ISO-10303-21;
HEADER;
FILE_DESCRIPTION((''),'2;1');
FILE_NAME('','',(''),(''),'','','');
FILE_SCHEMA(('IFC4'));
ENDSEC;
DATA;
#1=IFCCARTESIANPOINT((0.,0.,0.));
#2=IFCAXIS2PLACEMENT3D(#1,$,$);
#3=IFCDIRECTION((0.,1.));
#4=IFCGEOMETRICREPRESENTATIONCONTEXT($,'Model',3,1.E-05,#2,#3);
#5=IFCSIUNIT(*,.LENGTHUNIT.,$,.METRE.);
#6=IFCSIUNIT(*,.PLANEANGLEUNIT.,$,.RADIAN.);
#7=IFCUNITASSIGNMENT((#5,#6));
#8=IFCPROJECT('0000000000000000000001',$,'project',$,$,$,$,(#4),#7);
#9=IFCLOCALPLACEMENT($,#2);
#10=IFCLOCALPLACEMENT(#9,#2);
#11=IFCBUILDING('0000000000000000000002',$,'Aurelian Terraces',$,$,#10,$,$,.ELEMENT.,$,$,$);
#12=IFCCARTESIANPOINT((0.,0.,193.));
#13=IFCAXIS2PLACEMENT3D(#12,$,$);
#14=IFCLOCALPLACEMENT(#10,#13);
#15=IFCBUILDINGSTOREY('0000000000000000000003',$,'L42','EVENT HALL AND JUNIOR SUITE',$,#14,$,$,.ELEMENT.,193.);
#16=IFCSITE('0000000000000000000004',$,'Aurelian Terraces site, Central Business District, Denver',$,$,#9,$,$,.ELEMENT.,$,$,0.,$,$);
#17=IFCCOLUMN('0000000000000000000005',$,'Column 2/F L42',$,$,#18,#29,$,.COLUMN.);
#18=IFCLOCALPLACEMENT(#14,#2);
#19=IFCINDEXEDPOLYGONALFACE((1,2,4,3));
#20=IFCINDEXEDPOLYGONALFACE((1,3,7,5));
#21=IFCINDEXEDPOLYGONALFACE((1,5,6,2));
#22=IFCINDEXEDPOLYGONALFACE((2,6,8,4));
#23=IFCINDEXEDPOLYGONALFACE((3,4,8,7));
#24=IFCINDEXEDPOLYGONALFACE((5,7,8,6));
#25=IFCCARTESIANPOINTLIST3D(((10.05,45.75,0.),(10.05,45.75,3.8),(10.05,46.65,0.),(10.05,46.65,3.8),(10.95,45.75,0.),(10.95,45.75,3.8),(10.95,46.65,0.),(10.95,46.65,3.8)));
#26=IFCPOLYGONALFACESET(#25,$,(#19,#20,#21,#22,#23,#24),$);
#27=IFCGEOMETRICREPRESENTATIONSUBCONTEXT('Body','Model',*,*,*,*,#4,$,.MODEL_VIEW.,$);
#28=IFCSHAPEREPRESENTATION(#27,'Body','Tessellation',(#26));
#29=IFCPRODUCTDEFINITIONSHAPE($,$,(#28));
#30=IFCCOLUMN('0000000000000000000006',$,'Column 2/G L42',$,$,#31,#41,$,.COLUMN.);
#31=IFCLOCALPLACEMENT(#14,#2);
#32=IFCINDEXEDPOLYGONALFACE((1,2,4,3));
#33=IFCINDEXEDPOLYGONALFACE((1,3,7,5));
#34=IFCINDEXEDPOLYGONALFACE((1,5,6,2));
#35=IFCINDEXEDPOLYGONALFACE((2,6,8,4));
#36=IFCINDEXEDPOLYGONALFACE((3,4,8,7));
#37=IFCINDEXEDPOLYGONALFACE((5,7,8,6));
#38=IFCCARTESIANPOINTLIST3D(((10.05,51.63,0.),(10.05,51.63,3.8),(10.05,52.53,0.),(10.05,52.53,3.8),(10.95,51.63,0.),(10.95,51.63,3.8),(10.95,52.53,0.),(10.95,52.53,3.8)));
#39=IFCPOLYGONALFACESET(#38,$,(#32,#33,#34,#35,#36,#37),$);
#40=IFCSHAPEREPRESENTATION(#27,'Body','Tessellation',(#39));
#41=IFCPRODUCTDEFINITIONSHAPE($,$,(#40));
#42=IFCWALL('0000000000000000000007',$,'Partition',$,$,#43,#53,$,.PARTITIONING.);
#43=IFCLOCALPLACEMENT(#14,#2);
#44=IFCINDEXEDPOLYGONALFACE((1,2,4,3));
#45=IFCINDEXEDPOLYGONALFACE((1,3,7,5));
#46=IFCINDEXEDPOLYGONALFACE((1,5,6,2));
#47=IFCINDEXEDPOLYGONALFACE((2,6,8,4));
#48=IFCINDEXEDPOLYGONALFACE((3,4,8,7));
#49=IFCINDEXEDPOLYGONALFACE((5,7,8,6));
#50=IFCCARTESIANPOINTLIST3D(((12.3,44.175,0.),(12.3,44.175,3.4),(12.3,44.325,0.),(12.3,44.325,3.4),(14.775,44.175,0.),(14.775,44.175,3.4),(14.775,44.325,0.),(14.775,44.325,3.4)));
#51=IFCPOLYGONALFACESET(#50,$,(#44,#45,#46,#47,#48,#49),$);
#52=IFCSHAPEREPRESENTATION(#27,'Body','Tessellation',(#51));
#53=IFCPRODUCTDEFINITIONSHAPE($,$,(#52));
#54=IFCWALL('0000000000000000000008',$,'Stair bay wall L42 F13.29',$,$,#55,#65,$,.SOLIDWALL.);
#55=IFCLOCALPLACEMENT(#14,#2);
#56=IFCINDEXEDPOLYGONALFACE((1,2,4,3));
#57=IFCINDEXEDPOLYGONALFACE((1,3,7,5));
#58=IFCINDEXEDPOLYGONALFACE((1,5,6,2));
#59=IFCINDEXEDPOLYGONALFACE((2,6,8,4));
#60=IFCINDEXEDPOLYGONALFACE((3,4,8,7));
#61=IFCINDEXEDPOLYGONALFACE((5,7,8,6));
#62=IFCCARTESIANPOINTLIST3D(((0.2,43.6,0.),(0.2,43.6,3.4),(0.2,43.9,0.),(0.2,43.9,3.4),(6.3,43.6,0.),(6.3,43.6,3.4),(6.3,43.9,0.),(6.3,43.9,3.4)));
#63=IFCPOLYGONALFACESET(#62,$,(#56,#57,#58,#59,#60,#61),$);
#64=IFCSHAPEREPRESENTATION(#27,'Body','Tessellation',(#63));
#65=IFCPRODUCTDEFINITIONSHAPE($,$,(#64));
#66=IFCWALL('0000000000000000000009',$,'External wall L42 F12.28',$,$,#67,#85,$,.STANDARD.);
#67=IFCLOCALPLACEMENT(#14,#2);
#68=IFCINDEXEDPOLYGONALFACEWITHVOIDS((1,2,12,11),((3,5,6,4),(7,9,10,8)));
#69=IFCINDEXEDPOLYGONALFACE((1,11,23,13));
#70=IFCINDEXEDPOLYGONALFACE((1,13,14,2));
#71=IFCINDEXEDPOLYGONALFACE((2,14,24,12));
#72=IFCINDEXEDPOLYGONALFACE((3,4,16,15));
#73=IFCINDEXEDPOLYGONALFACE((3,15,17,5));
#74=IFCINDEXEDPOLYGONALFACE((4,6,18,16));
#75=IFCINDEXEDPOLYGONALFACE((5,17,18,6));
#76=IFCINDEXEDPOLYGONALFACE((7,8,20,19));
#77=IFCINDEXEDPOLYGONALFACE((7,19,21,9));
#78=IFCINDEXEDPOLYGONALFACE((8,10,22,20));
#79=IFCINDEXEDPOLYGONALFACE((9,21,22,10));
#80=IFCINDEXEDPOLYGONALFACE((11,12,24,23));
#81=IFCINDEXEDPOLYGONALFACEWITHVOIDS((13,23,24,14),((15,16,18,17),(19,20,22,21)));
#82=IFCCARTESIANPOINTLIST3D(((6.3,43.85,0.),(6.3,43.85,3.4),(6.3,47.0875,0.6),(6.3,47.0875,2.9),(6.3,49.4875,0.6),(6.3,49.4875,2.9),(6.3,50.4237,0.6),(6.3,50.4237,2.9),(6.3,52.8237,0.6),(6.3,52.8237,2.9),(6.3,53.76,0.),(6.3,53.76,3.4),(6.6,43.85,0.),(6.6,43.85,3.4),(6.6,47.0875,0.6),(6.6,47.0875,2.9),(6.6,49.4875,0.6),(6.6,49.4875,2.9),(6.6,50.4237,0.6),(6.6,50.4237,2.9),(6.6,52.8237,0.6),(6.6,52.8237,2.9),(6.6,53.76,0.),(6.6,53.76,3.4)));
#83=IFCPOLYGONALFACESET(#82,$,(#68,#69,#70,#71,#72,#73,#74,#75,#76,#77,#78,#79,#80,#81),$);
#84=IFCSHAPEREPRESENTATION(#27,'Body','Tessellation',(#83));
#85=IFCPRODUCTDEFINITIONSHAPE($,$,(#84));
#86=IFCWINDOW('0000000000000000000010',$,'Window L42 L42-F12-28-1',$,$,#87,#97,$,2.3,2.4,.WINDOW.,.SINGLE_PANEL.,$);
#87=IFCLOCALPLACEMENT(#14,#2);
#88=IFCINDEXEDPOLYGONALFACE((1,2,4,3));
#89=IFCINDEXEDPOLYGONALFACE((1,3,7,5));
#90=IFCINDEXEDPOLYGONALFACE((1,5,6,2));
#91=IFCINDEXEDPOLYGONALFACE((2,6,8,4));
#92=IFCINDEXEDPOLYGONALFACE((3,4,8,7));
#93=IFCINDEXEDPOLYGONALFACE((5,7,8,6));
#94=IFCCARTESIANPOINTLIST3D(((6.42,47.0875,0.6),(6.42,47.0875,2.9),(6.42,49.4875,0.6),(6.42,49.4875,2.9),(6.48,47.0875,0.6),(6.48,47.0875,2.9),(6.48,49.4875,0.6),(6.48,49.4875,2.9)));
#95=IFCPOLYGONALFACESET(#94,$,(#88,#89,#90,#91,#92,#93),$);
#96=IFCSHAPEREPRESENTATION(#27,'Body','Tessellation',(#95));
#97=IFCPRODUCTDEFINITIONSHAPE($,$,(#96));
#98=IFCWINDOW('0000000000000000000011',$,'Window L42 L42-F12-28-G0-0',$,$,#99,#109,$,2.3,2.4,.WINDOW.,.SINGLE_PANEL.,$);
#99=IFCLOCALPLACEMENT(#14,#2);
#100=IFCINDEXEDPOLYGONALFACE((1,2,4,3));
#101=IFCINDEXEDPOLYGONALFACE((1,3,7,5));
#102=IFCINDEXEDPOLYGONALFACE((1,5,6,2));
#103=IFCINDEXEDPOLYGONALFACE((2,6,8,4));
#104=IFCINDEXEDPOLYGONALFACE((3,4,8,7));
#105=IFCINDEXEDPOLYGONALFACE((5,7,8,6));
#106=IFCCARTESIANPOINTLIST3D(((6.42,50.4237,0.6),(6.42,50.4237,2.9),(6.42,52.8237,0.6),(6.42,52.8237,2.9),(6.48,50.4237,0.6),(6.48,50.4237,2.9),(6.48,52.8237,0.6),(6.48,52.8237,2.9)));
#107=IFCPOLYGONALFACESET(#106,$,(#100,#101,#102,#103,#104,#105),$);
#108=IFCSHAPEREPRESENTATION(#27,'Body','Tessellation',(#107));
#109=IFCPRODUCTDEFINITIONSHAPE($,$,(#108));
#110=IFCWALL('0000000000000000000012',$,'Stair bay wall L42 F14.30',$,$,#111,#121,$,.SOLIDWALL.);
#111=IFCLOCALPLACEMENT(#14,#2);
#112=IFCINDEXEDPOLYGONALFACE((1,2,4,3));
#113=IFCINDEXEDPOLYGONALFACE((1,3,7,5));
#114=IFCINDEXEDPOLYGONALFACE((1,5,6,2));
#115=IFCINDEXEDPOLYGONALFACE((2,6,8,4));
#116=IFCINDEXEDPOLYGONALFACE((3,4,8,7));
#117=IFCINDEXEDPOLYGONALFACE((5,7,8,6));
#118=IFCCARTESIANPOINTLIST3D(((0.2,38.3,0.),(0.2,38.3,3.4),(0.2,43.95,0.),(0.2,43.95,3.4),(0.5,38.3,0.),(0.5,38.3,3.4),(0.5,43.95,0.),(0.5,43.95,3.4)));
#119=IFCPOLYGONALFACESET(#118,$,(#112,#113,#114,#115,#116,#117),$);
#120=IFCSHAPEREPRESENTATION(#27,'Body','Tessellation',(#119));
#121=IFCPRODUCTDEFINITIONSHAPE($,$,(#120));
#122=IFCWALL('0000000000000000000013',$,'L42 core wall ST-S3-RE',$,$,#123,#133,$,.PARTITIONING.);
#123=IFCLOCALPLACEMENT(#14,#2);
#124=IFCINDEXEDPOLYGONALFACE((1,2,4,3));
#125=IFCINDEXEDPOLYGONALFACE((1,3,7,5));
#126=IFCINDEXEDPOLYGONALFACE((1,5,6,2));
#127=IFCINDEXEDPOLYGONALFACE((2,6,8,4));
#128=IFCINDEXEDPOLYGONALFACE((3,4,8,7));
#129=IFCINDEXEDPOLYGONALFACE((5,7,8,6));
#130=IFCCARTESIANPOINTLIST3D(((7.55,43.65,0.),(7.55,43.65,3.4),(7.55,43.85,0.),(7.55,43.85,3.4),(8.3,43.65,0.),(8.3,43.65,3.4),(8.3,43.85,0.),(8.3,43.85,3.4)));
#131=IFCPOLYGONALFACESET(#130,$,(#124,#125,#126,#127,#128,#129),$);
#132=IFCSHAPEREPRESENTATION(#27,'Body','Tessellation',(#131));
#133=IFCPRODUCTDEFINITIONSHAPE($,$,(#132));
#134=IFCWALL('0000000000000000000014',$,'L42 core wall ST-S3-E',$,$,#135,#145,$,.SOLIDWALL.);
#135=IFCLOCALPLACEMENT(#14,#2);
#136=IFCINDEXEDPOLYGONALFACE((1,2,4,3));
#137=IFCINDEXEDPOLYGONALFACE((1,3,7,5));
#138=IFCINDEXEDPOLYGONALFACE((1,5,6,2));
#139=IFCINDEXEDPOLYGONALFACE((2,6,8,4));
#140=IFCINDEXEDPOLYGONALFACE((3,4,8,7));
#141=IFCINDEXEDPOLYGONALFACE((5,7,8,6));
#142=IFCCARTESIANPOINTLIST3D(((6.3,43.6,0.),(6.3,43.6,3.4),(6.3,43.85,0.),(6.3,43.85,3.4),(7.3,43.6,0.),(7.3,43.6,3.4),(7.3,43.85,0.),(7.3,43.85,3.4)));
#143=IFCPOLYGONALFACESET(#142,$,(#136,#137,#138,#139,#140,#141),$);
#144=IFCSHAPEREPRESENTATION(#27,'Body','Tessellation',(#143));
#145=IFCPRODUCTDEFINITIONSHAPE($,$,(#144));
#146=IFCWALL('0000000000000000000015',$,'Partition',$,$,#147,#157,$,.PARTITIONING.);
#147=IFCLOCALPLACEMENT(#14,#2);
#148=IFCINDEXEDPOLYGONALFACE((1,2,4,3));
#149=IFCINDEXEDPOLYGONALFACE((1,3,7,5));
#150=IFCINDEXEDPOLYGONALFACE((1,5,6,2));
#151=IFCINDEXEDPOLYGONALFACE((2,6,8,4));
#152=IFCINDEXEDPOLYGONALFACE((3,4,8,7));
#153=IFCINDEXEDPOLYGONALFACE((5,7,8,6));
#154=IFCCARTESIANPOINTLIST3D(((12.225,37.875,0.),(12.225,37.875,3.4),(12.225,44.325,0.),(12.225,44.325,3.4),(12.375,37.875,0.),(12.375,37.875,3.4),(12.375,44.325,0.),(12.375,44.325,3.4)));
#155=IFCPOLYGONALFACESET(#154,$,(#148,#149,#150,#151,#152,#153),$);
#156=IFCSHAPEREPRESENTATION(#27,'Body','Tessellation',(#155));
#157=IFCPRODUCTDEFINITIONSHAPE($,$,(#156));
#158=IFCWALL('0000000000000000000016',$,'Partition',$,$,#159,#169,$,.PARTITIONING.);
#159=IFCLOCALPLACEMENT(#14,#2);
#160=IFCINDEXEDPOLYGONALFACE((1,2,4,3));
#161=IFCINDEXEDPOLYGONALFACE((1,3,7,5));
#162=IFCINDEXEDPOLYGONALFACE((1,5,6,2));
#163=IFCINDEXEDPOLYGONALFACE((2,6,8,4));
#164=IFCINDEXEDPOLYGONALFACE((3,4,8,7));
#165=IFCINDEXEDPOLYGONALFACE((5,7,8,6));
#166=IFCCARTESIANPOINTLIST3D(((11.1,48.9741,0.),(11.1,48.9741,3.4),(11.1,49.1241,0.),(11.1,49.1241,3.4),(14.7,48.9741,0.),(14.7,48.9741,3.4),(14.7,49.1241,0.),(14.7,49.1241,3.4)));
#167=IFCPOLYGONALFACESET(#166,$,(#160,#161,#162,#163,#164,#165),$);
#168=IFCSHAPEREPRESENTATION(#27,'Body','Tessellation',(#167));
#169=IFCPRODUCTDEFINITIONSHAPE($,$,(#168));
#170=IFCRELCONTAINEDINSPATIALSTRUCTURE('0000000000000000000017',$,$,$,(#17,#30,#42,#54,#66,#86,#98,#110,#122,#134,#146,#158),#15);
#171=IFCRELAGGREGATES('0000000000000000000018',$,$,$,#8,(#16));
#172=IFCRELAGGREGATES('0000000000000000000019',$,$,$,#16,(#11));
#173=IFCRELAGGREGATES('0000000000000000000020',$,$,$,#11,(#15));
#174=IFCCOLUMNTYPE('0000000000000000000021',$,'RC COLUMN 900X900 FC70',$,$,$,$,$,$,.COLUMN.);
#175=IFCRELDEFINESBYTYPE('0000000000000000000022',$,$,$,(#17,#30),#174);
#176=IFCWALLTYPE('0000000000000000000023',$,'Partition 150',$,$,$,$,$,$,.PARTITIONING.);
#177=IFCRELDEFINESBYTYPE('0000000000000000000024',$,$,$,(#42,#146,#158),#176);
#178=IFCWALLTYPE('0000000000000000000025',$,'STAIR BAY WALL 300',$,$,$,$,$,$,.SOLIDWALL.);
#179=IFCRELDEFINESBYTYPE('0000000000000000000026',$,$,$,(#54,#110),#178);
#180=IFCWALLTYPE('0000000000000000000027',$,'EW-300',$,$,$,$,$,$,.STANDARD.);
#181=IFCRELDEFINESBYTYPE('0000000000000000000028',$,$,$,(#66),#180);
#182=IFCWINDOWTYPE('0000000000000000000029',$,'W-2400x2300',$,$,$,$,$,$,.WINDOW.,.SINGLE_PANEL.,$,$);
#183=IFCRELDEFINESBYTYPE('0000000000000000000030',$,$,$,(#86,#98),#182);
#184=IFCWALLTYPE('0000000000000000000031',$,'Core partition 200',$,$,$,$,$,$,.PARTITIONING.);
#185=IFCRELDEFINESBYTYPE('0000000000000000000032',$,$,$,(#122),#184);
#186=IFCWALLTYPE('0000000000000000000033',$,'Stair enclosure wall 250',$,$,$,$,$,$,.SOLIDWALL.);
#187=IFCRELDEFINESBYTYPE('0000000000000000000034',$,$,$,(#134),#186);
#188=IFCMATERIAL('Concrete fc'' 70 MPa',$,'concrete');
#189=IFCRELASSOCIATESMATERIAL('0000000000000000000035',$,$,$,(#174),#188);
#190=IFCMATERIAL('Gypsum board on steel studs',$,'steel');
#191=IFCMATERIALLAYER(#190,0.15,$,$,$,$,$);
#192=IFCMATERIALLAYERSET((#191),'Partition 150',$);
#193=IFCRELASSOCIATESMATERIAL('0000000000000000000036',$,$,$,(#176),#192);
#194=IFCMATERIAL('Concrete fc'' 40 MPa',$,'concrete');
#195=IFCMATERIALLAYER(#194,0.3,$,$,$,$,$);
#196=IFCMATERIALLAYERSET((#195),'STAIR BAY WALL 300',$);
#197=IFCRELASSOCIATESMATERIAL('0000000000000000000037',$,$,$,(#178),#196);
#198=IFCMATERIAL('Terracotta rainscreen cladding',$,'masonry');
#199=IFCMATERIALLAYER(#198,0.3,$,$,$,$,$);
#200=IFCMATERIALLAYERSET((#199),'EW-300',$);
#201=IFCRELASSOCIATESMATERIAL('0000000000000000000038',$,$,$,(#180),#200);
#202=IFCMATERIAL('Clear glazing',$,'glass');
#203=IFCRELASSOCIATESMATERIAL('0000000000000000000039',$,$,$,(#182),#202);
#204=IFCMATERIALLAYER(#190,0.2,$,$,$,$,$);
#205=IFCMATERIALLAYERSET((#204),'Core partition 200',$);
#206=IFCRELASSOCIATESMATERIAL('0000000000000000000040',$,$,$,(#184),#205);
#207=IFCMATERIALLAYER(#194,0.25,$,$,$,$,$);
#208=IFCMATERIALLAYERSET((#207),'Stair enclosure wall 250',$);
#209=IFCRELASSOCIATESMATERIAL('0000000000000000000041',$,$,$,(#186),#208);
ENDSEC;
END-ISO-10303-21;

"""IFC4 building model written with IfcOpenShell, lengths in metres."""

from ifc_helpers import new_model, si_unit, direction, frame, frame_2d, origin, origin_2d, place, context, subcontext, project, spatial, rectangle, extrude, source, transform, mapped, material, layer, layer_set, material_profile, profile_set, type_object, element, fill, save


model = new_model("IFC4")

# Units and contexts
model_context = context("Model", 3, precision=1e-05, world=origin(), true_north=direction((0.0, 1.0)))
body_context = subcontext(model_context, "Body", "Model", "MODEL_VIEW")
ifc_project = project(units=[si_unit("LENGTHUNIT", "METRE"), si_unit("PLANEANGLEUNIT", "RADIAN")], contexts=[model_context])

# Site, building, storey
site_placement = place(None, origin())
site = spatial("IfcSite", under=ifc_project, at=site_placement, Name="Aurelian Terraces site, Central Business District, Denver", CompositionType="ELEMENT", RefElevation=0.0)
building_placement = place(site_placement, origin())
building = spatial("IfcBuilding", under=site, at=building_placement, Name="Aurelian Terraces", CompositionType="ELEMENT")
storey_placement = place(building_placement, frame((0.0, 0.0, 193.0)))
storey = spatial("IfcBuildingStorey", under=building, at=storey_placement, Name="L42", Description="EVENT HALL AND JUNIOR SUITE", CompositionType="ELEMENT", Elevation=193.0)

# Columns
ifc_material_1 = material(Name="Concrete fc' 70 MPa", Category="concrete")
ifc_material_profile = material_profile(ifc_material_1, rectangle(XDim=0.9, YDim=0.9, at=origin_2d()))
ifc_profile_set = profile_set([ifc_material_profile], Name="Concrete fc' 70 MPa")
column_type = type_object("IfcColumnType", Name="RC COLUMN 900X900 FC70", PredefinedType="COLUMN", material=ifc_profile_set)
shared_shape_1 = source(origin(), body_context, "Body", "SweptSolid", [
    extrude(rectangle(XDim=0.9, YDim=0.9, at=origin_2d()), origin(), (0.0, 0.0, 1.0), 3.8),
])
for number, where, z_axis, x_axis, name in (
    (1, (10.5, 46.2, 0.0), (0.0, 0.0, 1.0), (1.0, 0.0, 0.0), "Column 2/F L42"),
    (2, (10.5, 52.08, 0.0), (0.0, 0.0, 1.0), (1.0, 0.0, 0.0), "Column 2/G L42"),
):
    element("IfcColumn", number, at=place(storey_placement, frame(where, z_axis=z_axis, x_axis=x_axis)), inside=storey, type_object=column_type, Name=name, PredefinedType="COLUMN", context=body_context, shape_type="MappedRepresentation", body=[
        mapped(shared_shape_1, transform((0.0, 0.0, 0.0), scale=1.0)),
    ])

# Walls
ifc_material_2 = material(Name="Gypsum board on steel studs", Category="steel")
ifc_layer_1 = layer(ifc_material_2, 0.15)
ifc_layer_set_1 = layer_set([ifc_layer_1], Name="Partition 150")
wall_type_1 = type_object("IfcWallType", Name="Partition 150", PredefinedType="PARTITIONING", material=ifc_layer_set_1)
wall_1_placement = place(storey_placement, frame((14.775, 44.25, 0.0), z_axis=(0.0, 0.0, 1.0), x_axis=(-1.0, 0.0, 0.0)))
element("IfcWall", 3, at=wall_1_placement, inside=storey, type_object=wall_type_1, Name="Partition", PredefinedType="PARTITIONING", context=body_context, shape_type="SweptSolid", body=[
    extrude(rectangle(XDim=2.475, YDim=0.15, at=frame_2d((1.2375, 0.0))), origin(), (0.0, 0.0, 1.0), 3.4),
])
ifc_material_3 = material(Name="Concrete fc' 40 MPa", Category="concrete")
ifc_layer_2 = layer(ifc_material_3, 0.3)
ifc_layer_set_2 = layer_set([ifc_layer_2], Name="STAIR BAY WALL 300")
wall_type_2 = type_object("IfcWallType", Name="STAIR BAY WALL 300", PredefinedType="SOLIDWALL", material=ifc_layer_set_2)
shared_shape_2 = source(origin(), body_context, "Body", "SweptSolid", [
    extrude(rectangle(XDim=6.1, YDim=0.3, at=frame_2d((3.05, 0.0))), origin(), (0.0, 0.0, 1.0), 3.4),
])
wall_2_placement = place(storey_placement, frame((6.3, 43.75, 0.0), z_axis=(0.0, 0.0, 1.0), x_axis=(-1.0, 0.0, 0.0)))
element("IfcWall", 4, at=wall_2_placement, inside=storey, type_object=wall_type_2, Name="Stair bay wall L42 F13.29", PredefinedType="SOLIDWALL", context=body_context, shape_type="MappedRepresentation", body=[
    mapped(shared_shape_2, transform((0.0, 0.0, 0.0), scale=1.0)),
])

# Wall, openings, windows
ifc_material_4 = material(Name="Terracotta rainscreen cladding", Category="masonry")
ifc_layer_3 = layer(ifc_material_4, 0.3)
ifc_layer_set_3 = layer_set([ifc_layer_3], Name="EW-300")
wall_type_3 = type_object("IfcWallType", Name="EW-300", PredefinedType="STANDARD", material=ifc_layer_set_3)
shared_shape_3 = source(origin(), body_context, "Body", "SweptSolid", [
    extrude(rectangle(XDim=9.91, YDim=0.3, at=frame_2d((4.955, 0.0))), origin(), (0.0, 0.0, 1.0), 3.4),
])
wall_3_placement = place(storey_placement, frame((6.45, 53.76, 0.0), z_axis=(0.0, 0.0, 1.0), x_axis=(0.0, -1.0, 0.0)))
wall_3 = element("IfcWall", 5, at=wall_3_placement, inside=storey, type_object=wall_type_3, Name="External wall L42 F12.28", PredefinedType="STANDARD", context=body_context, shape_type="MappedRepresentation", body=[
    mapped(shared_shape_3, transform((0.0, 0.0, 0.0), scale=1.0)),
])
shared_shape_4 = source(origin(), body_context, "Body", "SweptSolid", [
    extrude(rectangle(XDim=2.4, YDim=2.3, at=frame_2d((1.2, 1.15))), frame((0.0, 0.16, 0.0), z_axis=(0.0, -1.0, 0.0), x_axis=(1.0, 0.0, 0.0)), (0.0, 0.0, 1.0), 0.32),
])
opening_1_placement = place(wall_3_placement, frame((4.2725, 0.0, 0.6)))
opening_1 = element("IfcOpeningElement", 6, at=opening_1_placement, cuts=wall_3, PredefinedType="OPENING", context=body_context, shape_type="MappedRepresentation", body=[
    mapped(shared_shape_4, transform((0.0, 0.0, 0.0), scale=1.0)),
])
opening_2_placement = place(wall_3_placement, frame((0.9363, 0.0, 0.6)))
opening_2 = element("IfcOpeningElement", 7, at=opening_2_placement, cuts=wall_3, PredefinedType="OPENING", context=body_context, shape_type="MappedRepresentation", body=[
    mapped(shared_shape_4, transform((0.0, 0.0, 0.0), scale=1.0)),
])
ifc_material_5 = material(Name="Clear glazing", Category="glass")
window_type = type_object("IfcWindowType", Name="W-2400x2300", PartitioningType="SINGLE_PANEL", PredefinedType="WINDOW", material=ifc_material_5)
shared_shape_5 = source(origin(), body_context, "Body", "SweptSolid", [
    extrude(rectangle(XDim=2.4, YDim=2.3, at=frame_2d((1.2, 1.15))), frame((0.0, 0.03, 0.0), z_axis=(0.0, -1.0, 0.0), x_axis=(1.0, 0.0, 0.0)), (0.0, 0.0, 1.0), 0.06),
])
window_1_placement = place(opening_1_placement, origin())
window_1 = element("IfcWindow", 8, at=window_1_placement, inside=storey, type_object=window_type, Name="Window L42 L42-F12-28-1", OverallHeight=2.3, OverallWidth=2.4, PartitioningType="SINGLE_PANEL", PredefinedType="WINDOW", context=body_context, shape_type="MappedRepresentation", body=[
    mapped(shared_shape_5, transform((0.0, 0.0, 0.0), scale=1.0)),
])
fill(opening_1, window_1)
window_2_placement = place(opening_2_placement, origin())
window_2 = element("IfcWindow", 9, at=window_2_placement, inside=storey, type_object=window_type, Name="Window L42 L42-F12-28-G0-0", OverallHeight=2.3, OverallWidth=2.4, PartitioningType="SINGLE_PANEL", PredefinedType="WINDOW", context=body_context, shape_type="MappedRepresentation", body=[
    mapped(shared_shape_5, transform((0.0, 0.0, 0.0), scale=1.0)),
])
fill(opening_2, window_2)

# Walls
shared_shape_6 = source(origin(), body_context, "Body", "SweptSolid", [
    extrude(rectangle(XDim=5.65, YDim=0.3, at=frame_2d((2.825, 0.0))), origin(), (0.0, 0.0, 1.0), 3.4),
])
wall_4_placement = place(storey_placement, frame((0.35, 43.95, 0.0), z_axis=(0.0, 0.0, 1.0), x_axis=(0.0, -1.0, 0.0)))
element("IfcWall", 10, at=wall_4_placement, inside=storey, type_object=wall_type_2, Name="Stair bay wall L42 F14.30", PredefinedType="SOLIDWALL", context=body_context, shape_type="MappedRepresentation", body=[
    mapped(shared_shape_6, transform((0.0, 0.0, 0.0), scale=1.0)),
])
ifc_layer_4 = layer(ifc_material_2, 0.2)
ifc_layer_set_4 = layer_set([ifc_layer_4], Name="Core partition 200")
wall_type_4 = type_object("IfcWallType", Name="Core partition 200", PredefinedType="PARTITIONING", material=ifc_layer_set_4)
shared_shape_7 = source(origin(), body_context, "Body", "SweptSolid", [
    extrude(rectangle(XDim=0.75, YDim=0.2, at=frame_2d((0.375, 0.0))), origin(), (0.0, 0.0, 1.0), 3.4),
])
wall_5_placement = place(storey_placement, frame((7.55, 43.75, 0.0), z_axis=(0.0, 0.0, 1.0), x_axis=(1.0, 0.0, 0.0)))
element("IfcWall", 11, at=wall_5_placement, inside=storey, type_object=wall_type_4, Name="L42 core wall ST-S3-RE", PredefinedType="PARTITIONING", context=body_context, shape_type="MappedRepresentation", body=[
    mapped(shared_shape_7, transform((0.0, 0.0, 0.0), scale=1.0)),
])
ifc_layer_5 = layer(ifc_material_3, 0.25)
ifc_layer_set_5 = layer_set([ifc_layer_5], Name="Stair enclosure wall 250")
wall_type_5 = type_object("IfcWallType", Name="Stair enclosure wall 250", PredefinedType="SOLIDWALL", material=ifc_layer_set_5)
shared_shape_8 = source(origin(), body_context, "Body", "SweptSolid", [
    extrude(rectangle(XDim=1.0, YDim=0.25, at=frame_2d((0.5, 0.0))), origin(), (0.0, 0.0, 1.0), 3.4),
])
wall_6_placement = place(storey_placement, frame((6.3, 43.725, 0.0), z_axis=(0.0, 0.0, 1.0), x_axis=(1.0, 0.0, 0.0)))
element("IfcWall", 12, at=wall_6_placement, inside=storey, type_object=wall_type_5, Name="L42 core wall ST-S3-E", PredefinedType="SOLIDWALL", context=body_context, shape_type="MappedRepresentation", body=[
    mapped(shared_shape_8, transform((0.0, 0.0, 0.0), scale=1.0)),
])
shared_shape_9 = source(origin(), body_context, "Body", "SweptSolid", [
    extrude(rectangle(XDim=6.45, YDim=0.15, at=frame_2d((3.225, 0.0))), origin(), (0.0, 0.0, 1.0), 3.4),
])
wall_7_placement = place(storey_placement, frame((12.3, 44.325, 0.0), z_axis=(0.0, 0.0, 1.0), x_axis=(0.0, -1.0, 0.0)))
element("IfcWall", 13, at=wall_7_placement, inside=storey, type_object=wall_type_1, Name="Partition", PredefinedType="PARTITIONING", context=body_context, shape_type="MappedRepresentation", body=[
    mapped(shared_shape_9, transform((0.0, 0.0, 0.0), scale=1.0)),
])
shared_shape_10 = source(origin(), body_context, "Body", "SweptSolid", [
    extrude(rectangle(XDim=3.6, YDim=0.15, at=frame_2d((1.8, 0.0))), origin(), (0.0, 0.0, 1.0), 3.4),
])
wall_8_placement = place(storey_placement, frame((14.7, 49.0491, 0.0), z_axis=(0.0, 0.0, 1.0), x_axis=(-1.0, 0.0, 0.0)))
element("IfcWall", 14, at=wall_8_placement, inside=storey, type_object=wall_type_1, Name="Partition", PredefinedType="PARTITIONING", context=body_context, shape_type="MappedRepresentation", body=[
    mapped(shared_shape_10, transform((0.0, 0.0, 0.0), scale=1.0)),
])

save(model, "model.ifc")
